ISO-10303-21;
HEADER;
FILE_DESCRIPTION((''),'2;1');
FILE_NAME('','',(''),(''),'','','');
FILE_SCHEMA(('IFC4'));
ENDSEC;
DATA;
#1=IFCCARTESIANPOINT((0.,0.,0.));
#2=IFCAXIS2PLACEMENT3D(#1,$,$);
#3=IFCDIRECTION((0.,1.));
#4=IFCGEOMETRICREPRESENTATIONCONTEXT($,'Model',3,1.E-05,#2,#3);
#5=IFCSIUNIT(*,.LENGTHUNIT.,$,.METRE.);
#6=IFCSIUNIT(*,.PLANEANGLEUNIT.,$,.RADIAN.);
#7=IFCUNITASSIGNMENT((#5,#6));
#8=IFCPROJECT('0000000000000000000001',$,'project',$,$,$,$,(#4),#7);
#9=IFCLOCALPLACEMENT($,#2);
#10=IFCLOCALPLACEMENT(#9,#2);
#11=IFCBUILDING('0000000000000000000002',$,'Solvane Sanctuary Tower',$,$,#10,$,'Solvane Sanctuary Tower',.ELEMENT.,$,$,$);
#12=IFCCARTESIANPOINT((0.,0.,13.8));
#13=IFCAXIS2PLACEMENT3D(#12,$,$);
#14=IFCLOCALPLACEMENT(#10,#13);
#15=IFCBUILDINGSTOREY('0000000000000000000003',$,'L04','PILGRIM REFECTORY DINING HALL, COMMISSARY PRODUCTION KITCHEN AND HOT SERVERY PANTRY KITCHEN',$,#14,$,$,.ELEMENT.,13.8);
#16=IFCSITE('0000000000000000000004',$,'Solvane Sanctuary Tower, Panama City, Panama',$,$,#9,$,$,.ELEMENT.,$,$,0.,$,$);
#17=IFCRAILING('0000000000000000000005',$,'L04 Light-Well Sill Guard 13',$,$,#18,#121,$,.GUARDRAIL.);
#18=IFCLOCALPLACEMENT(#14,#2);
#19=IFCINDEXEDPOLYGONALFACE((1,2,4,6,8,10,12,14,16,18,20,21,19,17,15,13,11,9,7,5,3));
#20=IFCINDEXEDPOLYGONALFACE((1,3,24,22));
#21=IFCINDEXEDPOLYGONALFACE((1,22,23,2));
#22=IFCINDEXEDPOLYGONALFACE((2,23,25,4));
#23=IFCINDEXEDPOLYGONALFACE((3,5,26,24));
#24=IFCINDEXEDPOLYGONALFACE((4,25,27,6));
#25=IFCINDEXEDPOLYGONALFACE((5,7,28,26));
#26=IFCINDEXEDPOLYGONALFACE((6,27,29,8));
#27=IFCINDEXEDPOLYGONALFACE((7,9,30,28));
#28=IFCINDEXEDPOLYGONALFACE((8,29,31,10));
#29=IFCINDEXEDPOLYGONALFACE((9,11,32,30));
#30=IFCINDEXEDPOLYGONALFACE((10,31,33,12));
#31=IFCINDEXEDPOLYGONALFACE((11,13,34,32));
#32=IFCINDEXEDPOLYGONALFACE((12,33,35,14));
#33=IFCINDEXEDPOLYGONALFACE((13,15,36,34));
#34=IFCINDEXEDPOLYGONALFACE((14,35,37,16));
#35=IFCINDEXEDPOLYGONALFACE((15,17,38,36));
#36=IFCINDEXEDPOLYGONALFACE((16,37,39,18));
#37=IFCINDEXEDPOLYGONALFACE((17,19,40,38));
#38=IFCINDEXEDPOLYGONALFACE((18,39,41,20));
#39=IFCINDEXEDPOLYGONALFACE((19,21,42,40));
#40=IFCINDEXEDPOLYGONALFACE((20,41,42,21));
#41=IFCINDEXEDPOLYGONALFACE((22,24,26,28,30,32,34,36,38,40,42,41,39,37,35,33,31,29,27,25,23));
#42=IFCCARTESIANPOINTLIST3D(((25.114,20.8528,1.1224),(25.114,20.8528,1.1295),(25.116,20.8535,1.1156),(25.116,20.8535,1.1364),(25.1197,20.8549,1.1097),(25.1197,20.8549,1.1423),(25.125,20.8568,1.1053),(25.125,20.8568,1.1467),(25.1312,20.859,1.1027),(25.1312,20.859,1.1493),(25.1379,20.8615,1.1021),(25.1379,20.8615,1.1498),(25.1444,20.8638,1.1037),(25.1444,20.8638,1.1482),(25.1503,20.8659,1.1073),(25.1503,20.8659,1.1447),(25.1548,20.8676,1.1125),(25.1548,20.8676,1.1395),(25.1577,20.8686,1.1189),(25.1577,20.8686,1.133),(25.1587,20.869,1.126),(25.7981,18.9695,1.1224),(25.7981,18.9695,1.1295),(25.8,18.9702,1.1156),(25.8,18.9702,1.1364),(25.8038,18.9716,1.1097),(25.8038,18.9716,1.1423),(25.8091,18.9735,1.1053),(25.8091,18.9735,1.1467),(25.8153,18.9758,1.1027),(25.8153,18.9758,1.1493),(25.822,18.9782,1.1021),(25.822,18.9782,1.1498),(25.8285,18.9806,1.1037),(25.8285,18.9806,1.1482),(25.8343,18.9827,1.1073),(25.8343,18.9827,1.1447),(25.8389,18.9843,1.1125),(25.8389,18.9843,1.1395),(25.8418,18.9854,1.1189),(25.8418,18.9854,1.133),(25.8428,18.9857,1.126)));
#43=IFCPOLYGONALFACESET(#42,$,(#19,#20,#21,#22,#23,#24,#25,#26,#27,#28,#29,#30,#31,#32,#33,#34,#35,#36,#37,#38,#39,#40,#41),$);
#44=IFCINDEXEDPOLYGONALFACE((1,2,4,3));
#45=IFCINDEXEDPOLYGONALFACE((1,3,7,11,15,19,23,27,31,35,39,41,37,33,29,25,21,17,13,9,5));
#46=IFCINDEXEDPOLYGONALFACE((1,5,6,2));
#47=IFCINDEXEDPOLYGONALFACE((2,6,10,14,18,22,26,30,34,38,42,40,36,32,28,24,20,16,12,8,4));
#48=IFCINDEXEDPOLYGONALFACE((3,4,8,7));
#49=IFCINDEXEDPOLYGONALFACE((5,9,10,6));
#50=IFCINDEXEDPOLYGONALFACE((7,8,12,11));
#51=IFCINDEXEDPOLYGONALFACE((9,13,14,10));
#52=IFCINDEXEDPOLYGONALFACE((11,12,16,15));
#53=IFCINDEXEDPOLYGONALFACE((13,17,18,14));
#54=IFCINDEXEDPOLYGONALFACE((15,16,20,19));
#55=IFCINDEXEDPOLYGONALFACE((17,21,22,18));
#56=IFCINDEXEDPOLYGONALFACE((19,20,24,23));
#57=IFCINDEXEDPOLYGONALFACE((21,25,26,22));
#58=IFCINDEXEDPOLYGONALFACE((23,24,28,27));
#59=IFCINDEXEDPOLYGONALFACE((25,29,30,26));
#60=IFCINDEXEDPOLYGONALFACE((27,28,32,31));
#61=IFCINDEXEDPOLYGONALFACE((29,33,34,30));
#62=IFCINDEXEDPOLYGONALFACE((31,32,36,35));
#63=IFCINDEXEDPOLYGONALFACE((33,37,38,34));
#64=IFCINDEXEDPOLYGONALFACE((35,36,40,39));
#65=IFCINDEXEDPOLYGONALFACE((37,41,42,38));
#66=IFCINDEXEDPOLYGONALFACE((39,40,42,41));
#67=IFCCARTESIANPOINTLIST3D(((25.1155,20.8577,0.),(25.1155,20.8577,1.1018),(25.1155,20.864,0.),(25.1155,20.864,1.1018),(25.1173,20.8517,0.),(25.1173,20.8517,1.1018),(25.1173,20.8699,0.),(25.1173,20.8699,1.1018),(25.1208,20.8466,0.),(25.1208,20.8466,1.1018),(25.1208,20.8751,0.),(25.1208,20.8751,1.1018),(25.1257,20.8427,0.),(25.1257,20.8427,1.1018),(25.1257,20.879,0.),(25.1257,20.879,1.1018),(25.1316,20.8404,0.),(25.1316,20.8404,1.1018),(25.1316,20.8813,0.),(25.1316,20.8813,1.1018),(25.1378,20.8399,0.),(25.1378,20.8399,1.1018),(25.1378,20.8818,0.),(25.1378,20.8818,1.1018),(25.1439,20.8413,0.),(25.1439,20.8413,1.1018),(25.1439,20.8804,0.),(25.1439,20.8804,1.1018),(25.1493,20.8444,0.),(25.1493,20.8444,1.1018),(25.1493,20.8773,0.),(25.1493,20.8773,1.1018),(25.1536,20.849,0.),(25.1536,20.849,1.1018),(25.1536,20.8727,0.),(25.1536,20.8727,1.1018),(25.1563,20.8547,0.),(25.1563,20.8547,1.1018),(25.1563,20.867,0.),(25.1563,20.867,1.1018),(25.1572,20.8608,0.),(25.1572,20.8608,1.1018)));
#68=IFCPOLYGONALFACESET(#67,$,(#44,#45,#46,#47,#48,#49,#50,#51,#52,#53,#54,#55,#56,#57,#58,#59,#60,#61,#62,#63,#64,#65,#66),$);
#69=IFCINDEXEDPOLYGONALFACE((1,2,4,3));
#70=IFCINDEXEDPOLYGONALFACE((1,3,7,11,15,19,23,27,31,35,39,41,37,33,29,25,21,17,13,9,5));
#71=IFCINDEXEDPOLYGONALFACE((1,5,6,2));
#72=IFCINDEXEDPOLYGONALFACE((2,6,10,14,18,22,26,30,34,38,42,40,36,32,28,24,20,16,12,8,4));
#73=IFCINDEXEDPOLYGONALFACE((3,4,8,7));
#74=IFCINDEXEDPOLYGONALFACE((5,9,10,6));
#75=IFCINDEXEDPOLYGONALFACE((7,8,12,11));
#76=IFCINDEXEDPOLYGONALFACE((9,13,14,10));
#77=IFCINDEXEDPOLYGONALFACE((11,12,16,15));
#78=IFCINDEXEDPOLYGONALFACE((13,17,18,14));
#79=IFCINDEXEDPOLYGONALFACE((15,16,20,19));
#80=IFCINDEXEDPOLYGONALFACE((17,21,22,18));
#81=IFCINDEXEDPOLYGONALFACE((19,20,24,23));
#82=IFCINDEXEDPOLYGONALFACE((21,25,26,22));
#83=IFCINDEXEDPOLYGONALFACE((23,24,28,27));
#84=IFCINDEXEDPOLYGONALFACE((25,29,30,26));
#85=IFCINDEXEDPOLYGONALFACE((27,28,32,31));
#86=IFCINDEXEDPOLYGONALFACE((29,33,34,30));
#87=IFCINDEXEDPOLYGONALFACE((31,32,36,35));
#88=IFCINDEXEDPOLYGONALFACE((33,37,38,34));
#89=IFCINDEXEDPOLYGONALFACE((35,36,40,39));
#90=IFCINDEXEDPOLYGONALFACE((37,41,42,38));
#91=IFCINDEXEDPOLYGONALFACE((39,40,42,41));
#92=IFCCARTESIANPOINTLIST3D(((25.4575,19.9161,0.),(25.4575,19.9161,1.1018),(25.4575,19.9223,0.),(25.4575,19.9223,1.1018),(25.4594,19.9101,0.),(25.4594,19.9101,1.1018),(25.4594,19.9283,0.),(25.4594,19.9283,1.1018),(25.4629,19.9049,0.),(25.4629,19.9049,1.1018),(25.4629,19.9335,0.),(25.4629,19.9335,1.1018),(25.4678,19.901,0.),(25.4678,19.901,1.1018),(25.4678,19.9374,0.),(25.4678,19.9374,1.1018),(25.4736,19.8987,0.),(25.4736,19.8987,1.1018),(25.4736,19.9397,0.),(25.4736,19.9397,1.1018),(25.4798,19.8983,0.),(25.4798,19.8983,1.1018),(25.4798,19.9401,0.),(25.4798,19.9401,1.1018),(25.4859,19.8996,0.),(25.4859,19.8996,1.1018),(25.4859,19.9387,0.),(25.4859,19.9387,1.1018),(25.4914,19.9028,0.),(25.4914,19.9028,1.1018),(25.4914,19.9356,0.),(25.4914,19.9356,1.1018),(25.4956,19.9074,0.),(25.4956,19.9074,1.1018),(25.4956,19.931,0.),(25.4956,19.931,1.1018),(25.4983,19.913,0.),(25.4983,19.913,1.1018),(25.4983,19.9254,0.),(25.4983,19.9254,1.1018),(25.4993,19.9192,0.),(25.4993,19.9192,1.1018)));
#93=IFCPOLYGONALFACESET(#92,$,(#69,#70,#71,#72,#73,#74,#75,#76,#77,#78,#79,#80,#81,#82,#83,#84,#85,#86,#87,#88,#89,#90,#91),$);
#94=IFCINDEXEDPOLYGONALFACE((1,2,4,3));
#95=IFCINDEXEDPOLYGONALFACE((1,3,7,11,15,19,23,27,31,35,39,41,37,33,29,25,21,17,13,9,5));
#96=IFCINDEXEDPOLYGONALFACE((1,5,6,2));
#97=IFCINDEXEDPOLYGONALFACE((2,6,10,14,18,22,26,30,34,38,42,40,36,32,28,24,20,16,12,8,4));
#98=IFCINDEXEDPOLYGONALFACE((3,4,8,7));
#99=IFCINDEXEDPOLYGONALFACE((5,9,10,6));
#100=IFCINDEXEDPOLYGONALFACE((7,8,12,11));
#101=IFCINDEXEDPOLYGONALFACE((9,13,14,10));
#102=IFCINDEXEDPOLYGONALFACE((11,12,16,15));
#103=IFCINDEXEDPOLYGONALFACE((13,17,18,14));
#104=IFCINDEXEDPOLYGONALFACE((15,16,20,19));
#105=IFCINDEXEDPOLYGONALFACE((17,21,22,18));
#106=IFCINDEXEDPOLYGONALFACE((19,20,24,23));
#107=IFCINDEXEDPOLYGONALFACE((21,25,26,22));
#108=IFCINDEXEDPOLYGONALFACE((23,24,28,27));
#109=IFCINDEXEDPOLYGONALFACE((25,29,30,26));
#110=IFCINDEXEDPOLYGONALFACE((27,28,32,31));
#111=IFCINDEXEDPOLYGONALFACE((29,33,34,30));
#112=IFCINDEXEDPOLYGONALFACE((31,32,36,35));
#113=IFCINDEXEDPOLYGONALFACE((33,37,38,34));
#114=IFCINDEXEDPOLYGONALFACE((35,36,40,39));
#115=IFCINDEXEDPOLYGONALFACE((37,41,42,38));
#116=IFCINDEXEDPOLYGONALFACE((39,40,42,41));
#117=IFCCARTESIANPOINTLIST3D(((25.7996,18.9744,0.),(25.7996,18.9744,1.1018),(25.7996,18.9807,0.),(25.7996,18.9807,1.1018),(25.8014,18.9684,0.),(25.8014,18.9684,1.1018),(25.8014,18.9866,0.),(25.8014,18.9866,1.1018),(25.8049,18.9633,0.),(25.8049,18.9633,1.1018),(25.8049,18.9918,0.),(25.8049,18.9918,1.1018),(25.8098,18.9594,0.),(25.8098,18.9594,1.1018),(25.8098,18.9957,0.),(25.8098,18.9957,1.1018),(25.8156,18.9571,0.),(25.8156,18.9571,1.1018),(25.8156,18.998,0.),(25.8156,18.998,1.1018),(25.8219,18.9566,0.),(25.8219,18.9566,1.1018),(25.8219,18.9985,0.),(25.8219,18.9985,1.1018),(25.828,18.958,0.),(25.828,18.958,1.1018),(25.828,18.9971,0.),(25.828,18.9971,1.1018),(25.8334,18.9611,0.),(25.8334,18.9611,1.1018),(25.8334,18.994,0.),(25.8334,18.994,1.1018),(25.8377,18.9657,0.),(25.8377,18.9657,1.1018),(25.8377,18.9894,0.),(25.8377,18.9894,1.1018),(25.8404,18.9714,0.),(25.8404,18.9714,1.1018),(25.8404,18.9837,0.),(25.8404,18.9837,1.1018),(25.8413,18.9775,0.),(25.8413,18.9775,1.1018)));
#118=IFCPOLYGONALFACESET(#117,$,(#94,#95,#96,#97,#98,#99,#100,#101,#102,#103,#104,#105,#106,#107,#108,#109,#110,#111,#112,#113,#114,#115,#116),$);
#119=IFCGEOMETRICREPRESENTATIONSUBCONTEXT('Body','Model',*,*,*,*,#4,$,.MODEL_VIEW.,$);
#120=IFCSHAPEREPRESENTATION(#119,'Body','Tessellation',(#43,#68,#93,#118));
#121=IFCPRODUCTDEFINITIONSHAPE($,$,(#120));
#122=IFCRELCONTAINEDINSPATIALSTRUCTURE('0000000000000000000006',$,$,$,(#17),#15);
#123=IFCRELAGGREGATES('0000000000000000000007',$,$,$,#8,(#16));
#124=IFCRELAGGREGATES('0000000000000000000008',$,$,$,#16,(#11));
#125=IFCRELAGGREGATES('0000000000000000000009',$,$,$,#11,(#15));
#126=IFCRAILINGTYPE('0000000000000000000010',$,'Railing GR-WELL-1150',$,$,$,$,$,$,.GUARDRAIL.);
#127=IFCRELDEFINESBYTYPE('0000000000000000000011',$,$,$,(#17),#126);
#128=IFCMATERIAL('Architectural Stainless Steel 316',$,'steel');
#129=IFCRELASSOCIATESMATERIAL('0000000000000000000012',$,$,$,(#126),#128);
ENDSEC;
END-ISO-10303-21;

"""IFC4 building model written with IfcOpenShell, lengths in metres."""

from ifc_helpers import new_model, si_unit, direction, frame, origin, origin_2d, place, context, subcontext, project, spatial, circle, extrude, material, type_object, element, save


model = new_model("IFC4")

# Units and contexts
model_context = context("Model", 3, precision=1e-05, world=origin(), true_north=direction((0.0, 1.0)))
body_context = subcontext(model_context, "Body", "Model", "MODEL_VIEW")
ifc_project = project(units=[si_unit("LENGTHUNIT", "METRE"), si_unit("PLANEANGLEUNIT", "RADIAN")], contexts=[model_context])

# Site, building, storey
site_placement = place(None, origin())
site = spatial("IfcSite", under=ifc_project, at=site_placement, Name="Solvane Sanctuary Tower, Panama City, Panama", CompositionType="ELEMENT", RefElevation=0.0)
building_placement = place(site_placement, origin())
building = spatial("IfcBuilding", under=site, at=building_placement, Name="Solvane Sanctuary Tower", LongName="Solvane Sanctuary Tower", CompositionType="ELEMENT")
storey_placement = place(building_placement, frame((0.0, 0.0, 13.8)))
storey = spatial("IfcBuildingStorey", under=building, at=storey_placement, Name="L04", Description="PILGRIM REFECTORY DINING HALL, COMMISSARY PRODUCTION KITCHEN AND HOT SERVERY PANTRY KITCHEN", CompositionType="ELEMENT", Elevation=13.8)

# Shared definitions
ifc_material_1 = material(Name="Architectural Stainless Steel 316", Category="steel")

# Railing
railing_type = type_object("IfcRailingType", Name="Railing GR-WELL-1150", PredefinedType="GUARDRAIL", material=ifc_material_1)
railing_1_placement = place(storey_placement, frame((25.1362, 20.8608, 0.0)))
element("IfcRailing", 1, at=railing_1_placement, inside=storey, type_object=railing_type, Name="L04 Light-Well Sill Guard 13", PredefinedType="GUARDRAIL", context=body_context, shape_type="SweptSolid", body=[
    extrude(circle(Radius=0.0239, at=origin_2d()), frame((0.0, 0.0, 1.126), z_axis=(0.34141, -0.939914, 0.0), x_axis=(0.939914, 0.34141, 0.0)), (0.0, 0.0, 1.0), 2.0037),
    extrude(circle(Radius=0.021, at=origin_2d()), origin(), (0.0, 0.0, 1.0), 1.1018),
    extrude(circle(Radius=0.021, at=origin_2d()), frame((0.342, -0.9417, 0.0)), (0.0, 0.0, 1.0), 1.1018),
    extrude(circle(Radius=0.021, at=origin_2d()), frame((0.6841, -1.8833, 0.0)), (0.0, 0.0, 1.0), 1.1018),
])

save(model, "model.ifc")
